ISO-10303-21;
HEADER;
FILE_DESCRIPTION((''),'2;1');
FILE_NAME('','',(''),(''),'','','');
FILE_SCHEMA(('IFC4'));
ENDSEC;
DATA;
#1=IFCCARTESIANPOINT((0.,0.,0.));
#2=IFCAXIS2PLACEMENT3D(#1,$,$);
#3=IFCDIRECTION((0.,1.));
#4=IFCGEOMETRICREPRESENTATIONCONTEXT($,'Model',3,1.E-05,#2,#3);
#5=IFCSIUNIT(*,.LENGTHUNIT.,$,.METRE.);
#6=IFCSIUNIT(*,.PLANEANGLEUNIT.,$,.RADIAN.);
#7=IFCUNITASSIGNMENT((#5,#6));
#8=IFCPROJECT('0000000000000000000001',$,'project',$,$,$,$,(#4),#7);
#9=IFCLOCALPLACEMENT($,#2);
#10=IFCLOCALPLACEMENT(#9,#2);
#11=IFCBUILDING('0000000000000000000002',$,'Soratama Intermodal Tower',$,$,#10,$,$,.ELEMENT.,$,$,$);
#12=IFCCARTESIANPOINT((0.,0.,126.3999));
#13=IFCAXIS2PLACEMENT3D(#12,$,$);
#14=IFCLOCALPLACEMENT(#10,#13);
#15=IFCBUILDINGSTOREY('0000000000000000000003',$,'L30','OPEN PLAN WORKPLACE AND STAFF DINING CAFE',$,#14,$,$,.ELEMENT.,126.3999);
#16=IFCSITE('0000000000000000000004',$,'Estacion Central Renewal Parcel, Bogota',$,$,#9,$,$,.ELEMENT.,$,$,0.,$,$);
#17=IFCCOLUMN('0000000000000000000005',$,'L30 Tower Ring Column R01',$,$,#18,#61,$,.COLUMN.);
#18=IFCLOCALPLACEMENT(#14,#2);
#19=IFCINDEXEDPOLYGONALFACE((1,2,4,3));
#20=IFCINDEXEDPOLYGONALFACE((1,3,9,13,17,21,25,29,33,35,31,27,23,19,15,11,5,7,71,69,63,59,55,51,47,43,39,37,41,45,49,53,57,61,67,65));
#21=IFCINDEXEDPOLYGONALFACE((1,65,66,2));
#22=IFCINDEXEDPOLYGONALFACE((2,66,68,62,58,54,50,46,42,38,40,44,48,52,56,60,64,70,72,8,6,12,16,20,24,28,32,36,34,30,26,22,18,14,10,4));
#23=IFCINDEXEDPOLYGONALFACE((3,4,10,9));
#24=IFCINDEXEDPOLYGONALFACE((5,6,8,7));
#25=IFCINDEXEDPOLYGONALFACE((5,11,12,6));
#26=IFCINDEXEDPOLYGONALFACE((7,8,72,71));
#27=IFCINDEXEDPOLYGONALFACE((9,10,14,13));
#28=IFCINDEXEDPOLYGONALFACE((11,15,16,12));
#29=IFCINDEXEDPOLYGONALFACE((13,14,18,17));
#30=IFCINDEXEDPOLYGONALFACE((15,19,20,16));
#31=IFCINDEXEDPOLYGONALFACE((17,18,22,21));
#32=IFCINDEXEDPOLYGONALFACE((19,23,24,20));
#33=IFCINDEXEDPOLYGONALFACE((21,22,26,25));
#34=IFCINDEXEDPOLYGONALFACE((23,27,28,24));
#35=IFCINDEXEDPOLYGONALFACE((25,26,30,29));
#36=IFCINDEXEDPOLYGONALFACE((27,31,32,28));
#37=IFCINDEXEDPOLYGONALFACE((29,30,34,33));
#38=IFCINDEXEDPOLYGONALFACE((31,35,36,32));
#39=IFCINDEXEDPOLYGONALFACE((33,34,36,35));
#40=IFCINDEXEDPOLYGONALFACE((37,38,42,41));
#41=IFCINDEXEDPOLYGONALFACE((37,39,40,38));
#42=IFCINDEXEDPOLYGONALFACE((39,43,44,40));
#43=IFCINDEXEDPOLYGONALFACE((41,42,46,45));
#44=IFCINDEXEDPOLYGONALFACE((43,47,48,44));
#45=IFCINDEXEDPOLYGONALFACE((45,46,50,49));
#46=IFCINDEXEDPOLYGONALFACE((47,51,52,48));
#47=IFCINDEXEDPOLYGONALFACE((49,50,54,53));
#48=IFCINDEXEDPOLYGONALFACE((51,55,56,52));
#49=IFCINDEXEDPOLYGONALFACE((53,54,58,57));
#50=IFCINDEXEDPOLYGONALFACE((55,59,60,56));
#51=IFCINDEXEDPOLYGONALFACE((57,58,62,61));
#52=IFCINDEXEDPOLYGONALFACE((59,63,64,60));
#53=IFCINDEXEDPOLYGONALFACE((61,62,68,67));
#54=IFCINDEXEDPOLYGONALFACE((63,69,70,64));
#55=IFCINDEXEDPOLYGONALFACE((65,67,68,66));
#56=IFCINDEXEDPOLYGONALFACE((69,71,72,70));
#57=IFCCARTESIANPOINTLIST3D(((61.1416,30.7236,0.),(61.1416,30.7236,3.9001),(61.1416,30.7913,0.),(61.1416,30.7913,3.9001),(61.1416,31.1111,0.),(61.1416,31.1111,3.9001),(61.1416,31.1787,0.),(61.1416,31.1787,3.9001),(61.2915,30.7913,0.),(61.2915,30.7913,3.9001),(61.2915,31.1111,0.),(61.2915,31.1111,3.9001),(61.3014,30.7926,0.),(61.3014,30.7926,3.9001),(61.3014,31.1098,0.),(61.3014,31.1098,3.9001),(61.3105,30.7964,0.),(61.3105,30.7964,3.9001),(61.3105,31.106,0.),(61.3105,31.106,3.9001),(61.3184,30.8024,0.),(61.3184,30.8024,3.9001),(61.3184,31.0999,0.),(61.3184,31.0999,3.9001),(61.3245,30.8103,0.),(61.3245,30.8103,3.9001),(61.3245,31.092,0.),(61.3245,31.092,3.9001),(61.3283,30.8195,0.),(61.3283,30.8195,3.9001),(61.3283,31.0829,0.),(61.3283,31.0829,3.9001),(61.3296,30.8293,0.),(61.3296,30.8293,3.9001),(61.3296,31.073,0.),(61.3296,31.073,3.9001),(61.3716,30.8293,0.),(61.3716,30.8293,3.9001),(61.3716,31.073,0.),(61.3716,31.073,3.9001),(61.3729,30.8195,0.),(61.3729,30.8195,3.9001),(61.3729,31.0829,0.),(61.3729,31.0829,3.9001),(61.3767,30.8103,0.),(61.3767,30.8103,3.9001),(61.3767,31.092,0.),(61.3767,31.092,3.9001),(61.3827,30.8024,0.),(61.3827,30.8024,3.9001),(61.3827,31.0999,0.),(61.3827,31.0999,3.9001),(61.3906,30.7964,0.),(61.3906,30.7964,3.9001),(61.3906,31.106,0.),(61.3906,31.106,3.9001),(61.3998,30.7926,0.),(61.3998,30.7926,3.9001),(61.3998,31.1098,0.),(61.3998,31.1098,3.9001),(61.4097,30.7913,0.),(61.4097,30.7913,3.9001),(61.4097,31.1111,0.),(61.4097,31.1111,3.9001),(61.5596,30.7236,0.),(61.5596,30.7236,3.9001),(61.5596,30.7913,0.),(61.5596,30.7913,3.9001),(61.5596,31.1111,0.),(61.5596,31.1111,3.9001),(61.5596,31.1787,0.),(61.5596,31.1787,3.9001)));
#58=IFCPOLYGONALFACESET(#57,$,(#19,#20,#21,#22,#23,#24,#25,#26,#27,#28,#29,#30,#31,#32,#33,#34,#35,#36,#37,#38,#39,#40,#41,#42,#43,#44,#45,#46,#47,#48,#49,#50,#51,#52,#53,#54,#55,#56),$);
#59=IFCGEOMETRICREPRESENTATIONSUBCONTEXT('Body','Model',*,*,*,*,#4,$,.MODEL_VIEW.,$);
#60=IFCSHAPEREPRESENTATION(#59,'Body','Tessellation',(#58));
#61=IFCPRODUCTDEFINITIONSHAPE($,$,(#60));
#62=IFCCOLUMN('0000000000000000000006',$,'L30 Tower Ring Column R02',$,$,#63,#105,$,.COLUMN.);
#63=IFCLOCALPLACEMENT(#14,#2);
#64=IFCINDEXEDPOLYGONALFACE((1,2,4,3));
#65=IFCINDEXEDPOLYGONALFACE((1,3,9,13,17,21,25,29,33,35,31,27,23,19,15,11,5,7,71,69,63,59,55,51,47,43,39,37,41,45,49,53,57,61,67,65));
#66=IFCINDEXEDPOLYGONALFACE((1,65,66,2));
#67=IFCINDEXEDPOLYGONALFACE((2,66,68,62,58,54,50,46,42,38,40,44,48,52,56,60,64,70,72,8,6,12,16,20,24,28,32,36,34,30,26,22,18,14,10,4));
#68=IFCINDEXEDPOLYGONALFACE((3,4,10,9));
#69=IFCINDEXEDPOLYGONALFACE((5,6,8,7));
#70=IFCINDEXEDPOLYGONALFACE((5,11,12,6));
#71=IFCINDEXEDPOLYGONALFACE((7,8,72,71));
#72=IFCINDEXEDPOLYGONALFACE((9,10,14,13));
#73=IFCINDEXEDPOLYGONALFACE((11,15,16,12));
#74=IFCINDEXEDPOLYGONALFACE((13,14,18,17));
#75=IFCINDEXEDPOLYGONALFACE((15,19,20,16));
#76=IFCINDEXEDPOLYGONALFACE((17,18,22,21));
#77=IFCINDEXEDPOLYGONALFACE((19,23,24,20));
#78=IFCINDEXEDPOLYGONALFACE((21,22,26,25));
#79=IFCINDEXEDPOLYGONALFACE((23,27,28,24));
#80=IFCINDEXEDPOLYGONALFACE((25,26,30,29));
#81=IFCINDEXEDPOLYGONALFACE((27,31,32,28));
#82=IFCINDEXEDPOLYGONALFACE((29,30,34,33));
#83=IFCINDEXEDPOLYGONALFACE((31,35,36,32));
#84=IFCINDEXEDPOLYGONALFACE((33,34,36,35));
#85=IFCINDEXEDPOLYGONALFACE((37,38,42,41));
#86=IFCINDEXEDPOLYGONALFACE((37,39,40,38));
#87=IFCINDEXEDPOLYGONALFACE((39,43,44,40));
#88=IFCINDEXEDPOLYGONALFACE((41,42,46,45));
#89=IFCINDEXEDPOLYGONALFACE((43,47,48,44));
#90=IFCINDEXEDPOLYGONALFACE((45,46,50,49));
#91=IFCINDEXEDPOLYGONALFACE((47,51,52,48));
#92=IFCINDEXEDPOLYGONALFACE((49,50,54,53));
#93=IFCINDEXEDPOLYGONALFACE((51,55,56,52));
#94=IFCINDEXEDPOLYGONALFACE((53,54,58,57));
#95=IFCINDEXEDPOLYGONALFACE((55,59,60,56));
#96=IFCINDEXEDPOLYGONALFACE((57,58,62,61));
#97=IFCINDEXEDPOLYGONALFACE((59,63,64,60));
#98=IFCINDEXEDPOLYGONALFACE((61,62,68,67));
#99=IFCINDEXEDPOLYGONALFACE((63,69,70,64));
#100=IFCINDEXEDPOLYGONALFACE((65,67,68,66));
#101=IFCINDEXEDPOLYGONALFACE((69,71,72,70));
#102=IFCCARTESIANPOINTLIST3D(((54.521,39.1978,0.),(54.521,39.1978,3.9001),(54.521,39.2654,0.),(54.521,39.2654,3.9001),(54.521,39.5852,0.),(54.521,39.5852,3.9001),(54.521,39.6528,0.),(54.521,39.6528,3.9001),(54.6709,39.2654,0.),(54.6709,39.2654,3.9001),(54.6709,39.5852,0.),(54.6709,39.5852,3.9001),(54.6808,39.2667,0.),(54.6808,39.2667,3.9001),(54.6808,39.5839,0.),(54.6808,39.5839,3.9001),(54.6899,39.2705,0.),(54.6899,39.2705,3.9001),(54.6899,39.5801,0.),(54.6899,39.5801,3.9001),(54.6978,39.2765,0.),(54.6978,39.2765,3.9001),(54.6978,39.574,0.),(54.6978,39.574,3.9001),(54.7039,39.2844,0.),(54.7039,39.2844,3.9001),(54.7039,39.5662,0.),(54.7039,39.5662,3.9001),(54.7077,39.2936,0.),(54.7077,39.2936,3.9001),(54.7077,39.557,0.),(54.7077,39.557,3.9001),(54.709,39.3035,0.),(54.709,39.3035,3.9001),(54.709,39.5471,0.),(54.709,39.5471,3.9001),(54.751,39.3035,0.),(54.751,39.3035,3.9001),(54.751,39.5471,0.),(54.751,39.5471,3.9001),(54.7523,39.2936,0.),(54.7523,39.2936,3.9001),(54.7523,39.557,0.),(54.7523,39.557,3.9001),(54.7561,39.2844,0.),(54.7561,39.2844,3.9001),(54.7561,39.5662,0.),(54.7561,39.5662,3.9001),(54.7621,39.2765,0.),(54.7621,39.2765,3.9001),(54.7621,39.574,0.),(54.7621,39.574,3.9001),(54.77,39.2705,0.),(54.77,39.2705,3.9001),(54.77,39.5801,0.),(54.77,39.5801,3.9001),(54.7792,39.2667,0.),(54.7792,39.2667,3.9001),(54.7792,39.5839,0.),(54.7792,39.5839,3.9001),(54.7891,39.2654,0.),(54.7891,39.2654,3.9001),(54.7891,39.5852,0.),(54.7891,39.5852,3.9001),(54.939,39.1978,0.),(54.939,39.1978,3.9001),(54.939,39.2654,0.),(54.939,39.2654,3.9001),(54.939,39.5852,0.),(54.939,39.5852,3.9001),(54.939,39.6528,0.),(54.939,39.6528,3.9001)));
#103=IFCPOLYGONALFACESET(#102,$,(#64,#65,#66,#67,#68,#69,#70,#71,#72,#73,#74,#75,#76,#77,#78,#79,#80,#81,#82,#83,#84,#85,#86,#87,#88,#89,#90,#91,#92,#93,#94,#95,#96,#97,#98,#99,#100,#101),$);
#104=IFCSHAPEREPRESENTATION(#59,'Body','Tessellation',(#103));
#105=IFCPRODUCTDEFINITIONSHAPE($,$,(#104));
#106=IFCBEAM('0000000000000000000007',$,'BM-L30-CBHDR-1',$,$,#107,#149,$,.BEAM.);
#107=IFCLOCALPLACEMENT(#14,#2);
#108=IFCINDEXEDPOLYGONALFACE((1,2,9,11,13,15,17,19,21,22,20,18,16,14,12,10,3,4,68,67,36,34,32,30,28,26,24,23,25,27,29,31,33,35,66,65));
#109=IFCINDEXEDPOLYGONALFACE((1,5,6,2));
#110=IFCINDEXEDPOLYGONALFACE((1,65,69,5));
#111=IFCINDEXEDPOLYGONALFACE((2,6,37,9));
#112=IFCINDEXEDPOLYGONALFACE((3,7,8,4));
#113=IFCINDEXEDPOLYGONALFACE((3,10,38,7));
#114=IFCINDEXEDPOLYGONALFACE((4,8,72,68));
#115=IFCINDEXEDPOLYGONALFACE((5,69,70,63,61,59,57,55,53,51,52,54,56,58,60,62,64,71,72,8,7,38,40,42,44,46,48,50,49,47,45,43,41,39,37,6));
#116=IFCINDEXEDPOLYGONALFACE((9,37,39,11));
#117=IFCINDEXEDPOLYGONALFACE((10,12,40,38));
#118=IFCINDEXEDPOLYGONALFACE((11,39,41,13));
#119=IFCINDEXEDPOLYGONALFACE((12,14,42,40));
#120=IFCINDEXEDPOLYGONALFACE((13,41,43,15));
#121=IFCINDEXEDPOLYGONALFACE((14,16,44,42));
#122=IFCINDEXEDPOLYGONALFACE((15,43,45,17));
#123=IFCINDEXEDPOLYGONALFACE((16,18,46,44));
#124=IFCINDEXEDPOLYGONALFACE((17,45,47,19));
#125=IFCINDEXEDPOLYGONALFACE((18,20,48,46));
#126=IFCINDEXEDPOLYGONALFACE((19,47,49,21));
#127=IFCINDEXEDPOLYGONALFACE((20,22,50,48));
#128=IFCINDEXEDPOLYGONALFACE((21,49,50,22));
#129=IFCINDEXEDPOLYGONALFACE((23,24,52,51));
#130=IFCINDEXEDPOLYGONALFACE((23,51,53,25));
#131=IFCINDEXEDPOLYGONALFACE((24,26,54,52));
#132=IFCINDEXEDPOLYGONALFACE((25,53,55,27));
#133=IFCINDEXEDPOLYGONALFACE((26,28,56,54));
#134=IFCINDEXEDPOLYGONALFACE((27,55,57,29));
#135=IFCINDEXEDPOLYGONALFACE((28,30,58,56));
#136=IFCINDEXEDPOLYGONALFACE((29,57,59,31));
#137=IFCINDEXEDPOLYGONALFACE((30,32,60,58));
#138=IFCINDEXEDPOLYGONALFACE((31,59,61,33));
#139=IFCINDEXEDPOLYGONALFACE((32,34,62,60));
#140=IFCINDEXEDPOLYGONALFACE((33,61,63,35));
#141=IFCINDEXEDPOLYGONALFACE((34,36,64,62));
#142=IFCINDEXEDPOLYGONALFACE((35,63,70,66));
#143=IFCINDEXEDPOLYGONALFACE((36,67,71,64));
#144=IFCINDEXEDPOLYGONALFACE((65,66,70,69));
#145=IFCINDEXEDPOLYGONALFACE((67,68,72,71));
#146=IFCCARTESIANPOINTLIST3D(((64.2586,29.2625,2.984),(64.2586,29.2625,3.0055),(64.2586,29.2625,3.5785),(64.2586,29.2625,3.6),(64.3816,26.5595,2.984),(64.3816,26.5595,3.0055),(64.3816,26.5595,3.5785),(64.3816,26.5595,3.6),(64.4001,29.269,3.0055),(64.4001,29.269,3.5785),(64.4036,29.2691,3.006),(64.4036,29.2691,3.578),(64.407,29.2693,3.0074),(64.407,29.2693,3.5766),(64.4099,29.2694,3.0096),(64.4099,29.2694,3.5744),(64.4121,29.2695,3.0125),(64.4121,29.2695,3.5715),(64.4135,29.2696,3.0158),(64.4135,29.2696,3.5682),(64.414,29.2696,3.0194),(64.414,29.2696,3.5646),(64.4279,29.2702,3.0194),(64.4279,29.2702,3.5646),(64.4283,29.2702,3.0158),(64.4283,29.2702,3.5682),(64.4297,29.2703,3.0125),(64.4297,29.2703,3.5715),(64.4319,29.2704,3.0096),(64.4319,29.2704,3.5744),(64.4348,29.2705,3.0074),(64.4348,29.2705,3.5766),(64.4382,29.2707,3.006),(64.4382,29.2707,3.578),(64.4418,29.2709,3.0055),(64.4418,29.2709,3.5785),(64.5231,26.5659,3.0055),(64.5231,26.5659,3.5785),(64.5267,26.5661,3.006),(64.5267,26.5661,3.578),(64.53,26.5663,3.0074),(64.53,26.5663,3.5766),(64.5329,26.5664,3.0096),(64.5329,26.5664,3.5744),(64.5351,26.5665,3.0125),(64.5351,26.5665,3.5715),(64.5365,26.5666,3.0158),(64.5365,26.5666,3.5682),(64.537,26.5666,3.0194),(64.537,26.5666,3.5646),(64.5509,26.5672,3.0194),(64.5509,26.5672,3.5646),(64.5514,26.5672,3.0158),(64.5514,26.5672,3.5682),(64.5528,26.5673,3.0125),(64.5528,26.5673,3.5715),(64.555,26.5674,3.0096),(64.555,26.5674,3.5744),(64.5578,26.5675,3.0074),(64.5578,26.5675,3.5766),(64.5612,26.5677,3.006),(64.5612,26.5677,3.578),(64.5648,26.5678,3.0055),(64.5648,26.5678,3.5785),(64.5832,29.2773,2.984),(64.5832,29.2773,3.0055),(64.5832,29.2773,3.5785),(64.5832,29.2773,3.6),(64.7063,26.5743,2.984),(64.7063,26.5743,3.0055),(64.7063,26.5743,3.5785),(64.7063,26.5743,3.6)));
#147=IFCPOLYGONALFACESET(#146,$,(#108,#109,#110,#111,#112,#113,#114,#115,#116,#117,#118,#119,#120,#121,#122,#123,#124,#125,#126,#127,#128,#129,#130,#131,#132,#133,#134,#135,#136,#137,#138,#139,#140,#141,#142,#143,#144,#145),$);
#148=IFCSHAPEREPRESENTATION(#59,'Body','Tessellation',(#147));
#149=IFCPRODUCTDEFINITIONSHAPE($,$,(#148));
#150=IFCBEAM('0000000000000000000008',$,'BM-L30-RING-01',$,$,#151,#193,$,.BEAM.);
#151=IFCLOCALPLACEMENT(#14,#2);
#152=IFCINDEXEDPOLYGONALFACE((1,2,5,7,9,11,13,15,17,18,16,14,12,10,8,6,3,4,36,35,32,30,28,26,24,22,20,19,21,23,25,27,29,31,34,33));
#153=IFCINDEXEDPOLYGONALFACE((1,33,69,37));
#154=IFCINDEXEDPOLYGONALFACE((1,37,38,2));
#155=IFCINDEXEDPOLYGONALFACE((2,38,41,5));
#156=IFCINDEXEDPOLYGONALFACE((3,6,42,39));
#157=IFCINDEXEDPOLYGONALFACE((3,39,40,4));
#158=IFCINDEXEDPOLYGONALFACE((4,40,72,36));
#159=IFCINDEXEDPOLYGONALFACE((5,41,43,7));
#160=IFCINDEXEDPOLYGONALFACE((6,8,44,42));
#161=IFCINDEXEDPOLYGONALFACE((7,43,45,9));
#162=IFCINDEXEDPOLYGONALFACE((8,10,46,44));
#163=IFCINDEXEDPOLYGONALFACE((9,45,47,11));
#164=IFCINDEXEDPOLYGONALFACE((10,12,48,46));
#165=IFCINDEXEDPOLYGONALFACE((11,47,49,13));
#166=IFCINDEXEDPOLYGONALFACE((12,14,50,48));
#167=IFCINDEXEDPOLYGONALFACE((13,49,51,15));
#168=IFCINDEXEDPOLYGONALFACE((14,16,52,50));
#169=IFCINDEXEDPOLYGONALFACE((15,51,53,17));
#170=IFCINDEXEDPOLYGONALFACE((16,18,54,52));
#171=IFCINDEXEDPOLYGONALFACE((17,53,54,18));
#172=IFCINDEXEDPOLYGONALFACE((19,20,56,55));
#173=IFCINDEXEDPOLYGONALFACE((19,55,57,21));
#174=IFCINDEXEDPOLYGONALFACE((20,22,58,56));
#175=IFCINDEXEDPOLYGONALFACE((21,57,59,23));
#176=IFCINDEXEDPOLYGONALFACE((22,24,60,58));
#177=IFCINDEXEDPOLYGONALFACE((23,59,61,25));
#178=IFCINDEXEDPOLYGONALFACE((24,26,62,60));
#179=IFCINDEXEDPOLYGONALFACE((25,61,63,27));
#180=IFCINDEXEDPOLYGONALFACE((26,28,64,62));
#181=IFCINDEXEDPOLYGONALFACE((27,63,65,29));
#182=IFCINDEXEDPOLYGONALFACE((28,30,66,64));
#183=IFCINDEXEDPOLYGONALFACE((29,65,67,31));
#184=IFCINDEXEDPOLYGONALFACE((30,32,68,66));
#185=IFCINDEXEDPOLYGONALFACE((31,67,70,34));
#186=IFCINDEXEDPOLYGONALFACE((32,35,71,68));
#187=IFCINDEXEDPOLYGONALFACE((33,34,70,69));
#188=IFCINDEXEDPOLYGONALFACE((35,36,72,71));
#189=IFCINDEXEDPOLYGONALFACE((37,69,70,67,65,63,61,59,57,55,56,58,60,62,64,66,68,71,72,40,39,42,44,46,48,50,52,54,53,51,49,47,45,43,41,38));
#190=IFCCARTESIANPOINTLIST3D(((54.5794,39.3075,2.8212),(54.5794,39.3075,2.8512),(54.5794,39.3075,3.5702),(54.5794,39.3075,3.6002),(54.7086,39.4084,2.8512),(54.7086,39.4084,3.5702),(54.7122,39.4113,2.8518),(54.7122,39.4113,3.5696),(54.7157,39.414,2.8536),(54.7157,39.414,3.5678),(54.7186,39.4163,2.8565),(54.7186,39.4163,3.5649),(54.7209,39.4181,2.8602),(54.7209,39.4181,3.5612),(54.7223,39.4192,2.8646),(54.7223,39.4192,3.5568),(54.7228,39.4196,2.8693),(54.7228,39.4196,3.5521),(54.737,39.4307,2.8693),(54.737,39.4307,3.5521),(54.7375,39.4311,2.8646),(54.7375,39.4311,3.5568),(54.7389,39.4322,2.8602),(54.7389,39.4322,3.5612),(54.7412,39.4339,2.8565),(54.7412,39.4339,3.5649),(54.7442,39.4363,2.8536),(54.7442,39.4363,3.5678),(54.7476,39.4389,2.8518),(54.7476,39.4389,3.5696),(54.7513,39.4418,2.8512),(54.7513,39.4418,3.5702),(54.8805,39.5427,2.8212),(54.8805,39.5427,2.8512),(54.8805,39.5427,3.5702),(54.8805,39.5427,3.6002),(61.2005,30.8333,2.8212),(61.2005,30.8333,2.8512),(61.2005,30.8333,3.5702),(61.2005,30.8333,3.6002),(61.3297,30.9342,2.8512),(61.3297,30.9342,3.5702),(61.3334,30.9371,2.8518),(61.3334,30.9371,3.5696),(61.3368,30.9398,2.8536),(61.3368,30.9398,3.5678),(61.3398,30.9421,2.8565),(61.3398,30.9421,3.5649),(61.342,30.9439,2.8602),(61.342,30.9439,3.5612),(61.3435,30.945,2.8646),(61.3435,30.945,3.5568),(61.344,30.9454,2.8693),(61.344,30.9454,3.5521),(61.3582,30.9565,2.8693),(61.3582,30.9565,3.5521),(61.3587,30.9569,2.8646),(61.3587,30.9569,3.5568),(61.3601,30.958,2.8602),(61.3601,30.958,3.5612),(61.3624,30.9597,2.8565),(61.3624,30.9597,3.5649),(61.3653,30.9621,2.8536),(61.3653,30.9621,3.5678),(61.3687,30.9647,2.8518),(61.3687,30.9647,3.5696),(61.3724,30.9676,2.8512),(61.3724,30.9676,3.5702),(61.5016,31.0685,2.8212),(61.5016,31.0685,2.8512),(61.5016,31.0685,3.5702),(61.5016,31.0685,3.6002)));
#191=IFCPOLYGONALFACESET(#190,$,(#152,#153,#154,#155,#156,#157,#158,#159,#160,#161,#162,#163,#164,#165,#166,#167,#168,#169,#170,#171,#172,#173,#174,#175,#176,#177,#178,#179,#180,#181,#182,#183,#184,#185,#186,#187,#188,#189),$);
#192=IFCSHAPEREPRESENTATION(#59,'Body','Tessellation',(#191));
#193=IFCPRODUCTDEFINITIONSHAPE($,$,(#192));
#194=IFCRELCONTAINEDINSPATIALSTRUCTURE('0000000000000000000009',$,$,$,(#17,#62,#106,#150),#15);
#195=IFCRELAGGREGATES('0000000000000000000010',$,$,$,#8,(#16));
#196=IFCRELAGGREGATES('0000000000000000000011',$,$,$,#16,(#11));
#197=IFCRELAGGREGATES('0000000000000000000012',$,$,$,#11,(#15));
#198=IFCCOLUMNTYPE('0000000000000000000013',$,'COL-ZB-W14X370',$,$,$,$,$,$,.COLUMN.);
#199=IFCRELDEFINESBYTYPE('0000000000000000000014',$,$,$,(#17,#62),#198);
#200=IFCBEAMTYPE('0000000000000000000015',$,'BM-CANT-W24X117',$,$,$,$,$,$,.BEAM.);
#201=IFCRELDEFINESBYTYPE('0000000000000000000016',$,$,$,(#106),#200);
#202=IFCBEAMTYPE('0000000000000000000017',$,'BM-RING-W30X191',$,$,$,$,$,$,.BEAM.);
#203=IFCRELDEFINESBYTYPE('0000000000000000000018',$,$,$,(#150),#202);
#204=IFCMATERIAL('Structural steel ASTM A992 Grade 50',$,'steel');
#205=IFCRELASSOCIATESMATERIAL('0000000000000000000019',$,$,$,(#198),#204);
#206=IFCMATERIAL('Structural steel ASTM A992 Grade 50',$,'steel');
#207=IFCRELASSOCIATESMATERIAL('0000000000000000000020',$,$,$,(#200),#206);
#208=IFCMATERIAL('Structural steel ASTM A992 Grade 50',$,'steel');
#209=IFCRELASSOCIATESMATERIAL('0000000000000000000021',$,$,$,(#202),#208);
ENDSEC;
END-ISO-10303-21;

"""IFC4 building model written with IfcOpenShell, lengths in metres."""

from ifc_helpers import new_model, si_unit, direction, frame, origin, origin_2d, place, context, subcontext, project, spatial, i_section, extrude, material, material_profile, profile_set, type_object, element, save


model = new_model("IFC4")

# Units and contexts
model_context = context("Model", 3, precision=1e-05, world=origin(), true_north=direction((0.0, 1.0)))
body_context = subcontext(model_context, "Body", "Model", "MODEL_VIEW")
ifc_project = project(units=[si_unit("LENGTHUNIT", "METRE"), si_unit("PLANEANGLEUNIT", "RADIAN")], contexts=[model_context])

# Site, building, storey
site_placement = place(None, origin())
site = spatial("IfcSite", under=ifc_project, at=site_placement, Name="Estacion Central Renewal Parcel, Bogota", CompositionType="ELEMENT", RefElevation=0.0)
building_placement = place(site_placement, origin())
building = spatial("IfcBuilding", under=site, at=building_placement, Name="Soratama Intermodal Tower", CompositionType="ELEMENT")
storey_placement = place(building_placement, frame((0.0, 0.0, 126.3999)))
storey = spatial("IfcBuildingStorey", under=building, at=storey_placement, Name="L30", Description="OPEN PLAN WORKPLACE AND STAFF DINING CAFE", CompositionType="ELEMENT", Elevation=126.3999)

# Columns
ifc_material_1 = material(Name="Structural steel ASTM A992 Grade 50", Category="steel")
ifc_material_profile_1 = material_profile(ifc_material_1, i_section(OverallWidth=0.418, OverallDepth=0.4551, WebThickness=0.042, FlangeThickness=0.0676, FilletRadius=0.0381, at=origin_2d()), Name="W14X370")
ifc_profile_set_1 = profile_set([ifc_material_profile_1], Name="Structural steel ASTM A992 Grade 50")
column_type = type_object("IfcColumnType", Name="COL-ZB-W14X370", PredefinedType="COLUMN", material=ifc_profile_set_1)
for number, where, z_axis, x_axis, name in (
    (1, (61.3506, 30.9512, 0.0), (0.0, 0.0, 1.0), (1.0, 0.0, 0.0), "L30 Tower Ring Column R01"),
    (2, (54.73, 39.4253, 0.0), (0.0, 0.0, 1.0), (1.0, 0.0, 0.0), "L30 Tower Ring Column R02"),
):
    element("IfcColumn", number, at=place(storey_placement, frame(where, z_axis=z_axis, x_axis=x_axis)), inside=storey, type_object=column_type, Name=name, PredefinedType="COLUMN", context=body_context, shape_type="SweptSolid", body=[
        extrude(i_section(OverallWidth=0.418, OverallDepth=0.4551, WebThickness=0.042, FlangeThickness=0.0676, FilletRadius=0.0381, at=origin_2d()), origin(), (0.0, 0.0, 1.0), 3.9001),
    ])

# Beams
ifc_material_2 = material(Name="Structural steel ASTM A992 Grade 50", Category="steel")
ifc_material_profile_2 = material_profile(ifc_material_2, i_section(OverallWidth=0.325, OverallDepth=0.616, WebThickness=0.0139, FlangeThickness=0.0215, FilletRadius=0.0139, at=origin_2d()), Name="W24X117")
ifc_profile_set_2 = profile_set([ifc_material_profile_2], Name="Structural steel ASTM A992 Grade 50")
beam_type_1 = type_object("IfcBeamType", Name="BM-CANT-W24X117", PredefinedType="BEAM", material=ifc_profile_set_2)
beam_1_placement = place(storey_placement, frame((64.5439, 26.5669, 3.292), z_axis=(-0.045473, 0.998966, 0.0), x_axis=(-0.998966, -0.045473, 0.0)))
element("IfcBeam", 3, at=beam_1_placement, inside=storey, type_object=beam_type_1, Name="BM-L30-CBHDR-1", PredefinedType="BEAM", context=body_context, shape_type="SweptSolid", body=[
    extrude(i_section(OverallWidth=0.325, OverallDepth=0.616, WebThickness=0.0139, FlangeThickness=0.0215, FilletRadius=0.0139, at=origin_2d()), origin(), (0.0, 0.0, 1.0), 2.7058),
])
ifc_material_3 = material(Name="Structural steel ASTM A992 Grade 50", Category="steel")
ifc_material_profile_3 = material_profile(ifc_material_3, i_section(OverallWidth=0.3821, OverallDepth=0.7791, WebThickness=0.0181, FlangeThickness=0.03, FilletRadius=0.0181, at=origin_2d()), Name="W30X191")
ifc_profile_set_3 = profile_set([ifc_material_profile_3], Name="Structural steel ASTM A992 Grade 50")
beam_type_2 = type_object("IfcBeamType", Name="BM-RING-W30X191", PredefinedType="BEAM", material=ifc_profile_set_3)
beam_2_placement = place(storey_placement, frame((61.3511, 30.9509, 3.2107), z_axis=(-0.615684, 0.787993, 0.0), x_axis=(-0.787993, -0.615684, 0.0)))
element("IfcBeam", 4, at=beam_2_placement, inside=storey, type_object=beam_type_2, Name="BM-L30-RING-01", PredefinedType="BEAM", context=body_context, shape_type="SweptSolid", body=[
    extrude(i_section(OverallWidth=0.3821, OverallDepth=0.7791, WebThickness=0.0181, FlangeThickness=0.03, FilletRadius=0.0181, at=origin_2d()), origin(), (0.0, 0.0, 1.0), 10.7542),
])

save(model, "model.ifc")
